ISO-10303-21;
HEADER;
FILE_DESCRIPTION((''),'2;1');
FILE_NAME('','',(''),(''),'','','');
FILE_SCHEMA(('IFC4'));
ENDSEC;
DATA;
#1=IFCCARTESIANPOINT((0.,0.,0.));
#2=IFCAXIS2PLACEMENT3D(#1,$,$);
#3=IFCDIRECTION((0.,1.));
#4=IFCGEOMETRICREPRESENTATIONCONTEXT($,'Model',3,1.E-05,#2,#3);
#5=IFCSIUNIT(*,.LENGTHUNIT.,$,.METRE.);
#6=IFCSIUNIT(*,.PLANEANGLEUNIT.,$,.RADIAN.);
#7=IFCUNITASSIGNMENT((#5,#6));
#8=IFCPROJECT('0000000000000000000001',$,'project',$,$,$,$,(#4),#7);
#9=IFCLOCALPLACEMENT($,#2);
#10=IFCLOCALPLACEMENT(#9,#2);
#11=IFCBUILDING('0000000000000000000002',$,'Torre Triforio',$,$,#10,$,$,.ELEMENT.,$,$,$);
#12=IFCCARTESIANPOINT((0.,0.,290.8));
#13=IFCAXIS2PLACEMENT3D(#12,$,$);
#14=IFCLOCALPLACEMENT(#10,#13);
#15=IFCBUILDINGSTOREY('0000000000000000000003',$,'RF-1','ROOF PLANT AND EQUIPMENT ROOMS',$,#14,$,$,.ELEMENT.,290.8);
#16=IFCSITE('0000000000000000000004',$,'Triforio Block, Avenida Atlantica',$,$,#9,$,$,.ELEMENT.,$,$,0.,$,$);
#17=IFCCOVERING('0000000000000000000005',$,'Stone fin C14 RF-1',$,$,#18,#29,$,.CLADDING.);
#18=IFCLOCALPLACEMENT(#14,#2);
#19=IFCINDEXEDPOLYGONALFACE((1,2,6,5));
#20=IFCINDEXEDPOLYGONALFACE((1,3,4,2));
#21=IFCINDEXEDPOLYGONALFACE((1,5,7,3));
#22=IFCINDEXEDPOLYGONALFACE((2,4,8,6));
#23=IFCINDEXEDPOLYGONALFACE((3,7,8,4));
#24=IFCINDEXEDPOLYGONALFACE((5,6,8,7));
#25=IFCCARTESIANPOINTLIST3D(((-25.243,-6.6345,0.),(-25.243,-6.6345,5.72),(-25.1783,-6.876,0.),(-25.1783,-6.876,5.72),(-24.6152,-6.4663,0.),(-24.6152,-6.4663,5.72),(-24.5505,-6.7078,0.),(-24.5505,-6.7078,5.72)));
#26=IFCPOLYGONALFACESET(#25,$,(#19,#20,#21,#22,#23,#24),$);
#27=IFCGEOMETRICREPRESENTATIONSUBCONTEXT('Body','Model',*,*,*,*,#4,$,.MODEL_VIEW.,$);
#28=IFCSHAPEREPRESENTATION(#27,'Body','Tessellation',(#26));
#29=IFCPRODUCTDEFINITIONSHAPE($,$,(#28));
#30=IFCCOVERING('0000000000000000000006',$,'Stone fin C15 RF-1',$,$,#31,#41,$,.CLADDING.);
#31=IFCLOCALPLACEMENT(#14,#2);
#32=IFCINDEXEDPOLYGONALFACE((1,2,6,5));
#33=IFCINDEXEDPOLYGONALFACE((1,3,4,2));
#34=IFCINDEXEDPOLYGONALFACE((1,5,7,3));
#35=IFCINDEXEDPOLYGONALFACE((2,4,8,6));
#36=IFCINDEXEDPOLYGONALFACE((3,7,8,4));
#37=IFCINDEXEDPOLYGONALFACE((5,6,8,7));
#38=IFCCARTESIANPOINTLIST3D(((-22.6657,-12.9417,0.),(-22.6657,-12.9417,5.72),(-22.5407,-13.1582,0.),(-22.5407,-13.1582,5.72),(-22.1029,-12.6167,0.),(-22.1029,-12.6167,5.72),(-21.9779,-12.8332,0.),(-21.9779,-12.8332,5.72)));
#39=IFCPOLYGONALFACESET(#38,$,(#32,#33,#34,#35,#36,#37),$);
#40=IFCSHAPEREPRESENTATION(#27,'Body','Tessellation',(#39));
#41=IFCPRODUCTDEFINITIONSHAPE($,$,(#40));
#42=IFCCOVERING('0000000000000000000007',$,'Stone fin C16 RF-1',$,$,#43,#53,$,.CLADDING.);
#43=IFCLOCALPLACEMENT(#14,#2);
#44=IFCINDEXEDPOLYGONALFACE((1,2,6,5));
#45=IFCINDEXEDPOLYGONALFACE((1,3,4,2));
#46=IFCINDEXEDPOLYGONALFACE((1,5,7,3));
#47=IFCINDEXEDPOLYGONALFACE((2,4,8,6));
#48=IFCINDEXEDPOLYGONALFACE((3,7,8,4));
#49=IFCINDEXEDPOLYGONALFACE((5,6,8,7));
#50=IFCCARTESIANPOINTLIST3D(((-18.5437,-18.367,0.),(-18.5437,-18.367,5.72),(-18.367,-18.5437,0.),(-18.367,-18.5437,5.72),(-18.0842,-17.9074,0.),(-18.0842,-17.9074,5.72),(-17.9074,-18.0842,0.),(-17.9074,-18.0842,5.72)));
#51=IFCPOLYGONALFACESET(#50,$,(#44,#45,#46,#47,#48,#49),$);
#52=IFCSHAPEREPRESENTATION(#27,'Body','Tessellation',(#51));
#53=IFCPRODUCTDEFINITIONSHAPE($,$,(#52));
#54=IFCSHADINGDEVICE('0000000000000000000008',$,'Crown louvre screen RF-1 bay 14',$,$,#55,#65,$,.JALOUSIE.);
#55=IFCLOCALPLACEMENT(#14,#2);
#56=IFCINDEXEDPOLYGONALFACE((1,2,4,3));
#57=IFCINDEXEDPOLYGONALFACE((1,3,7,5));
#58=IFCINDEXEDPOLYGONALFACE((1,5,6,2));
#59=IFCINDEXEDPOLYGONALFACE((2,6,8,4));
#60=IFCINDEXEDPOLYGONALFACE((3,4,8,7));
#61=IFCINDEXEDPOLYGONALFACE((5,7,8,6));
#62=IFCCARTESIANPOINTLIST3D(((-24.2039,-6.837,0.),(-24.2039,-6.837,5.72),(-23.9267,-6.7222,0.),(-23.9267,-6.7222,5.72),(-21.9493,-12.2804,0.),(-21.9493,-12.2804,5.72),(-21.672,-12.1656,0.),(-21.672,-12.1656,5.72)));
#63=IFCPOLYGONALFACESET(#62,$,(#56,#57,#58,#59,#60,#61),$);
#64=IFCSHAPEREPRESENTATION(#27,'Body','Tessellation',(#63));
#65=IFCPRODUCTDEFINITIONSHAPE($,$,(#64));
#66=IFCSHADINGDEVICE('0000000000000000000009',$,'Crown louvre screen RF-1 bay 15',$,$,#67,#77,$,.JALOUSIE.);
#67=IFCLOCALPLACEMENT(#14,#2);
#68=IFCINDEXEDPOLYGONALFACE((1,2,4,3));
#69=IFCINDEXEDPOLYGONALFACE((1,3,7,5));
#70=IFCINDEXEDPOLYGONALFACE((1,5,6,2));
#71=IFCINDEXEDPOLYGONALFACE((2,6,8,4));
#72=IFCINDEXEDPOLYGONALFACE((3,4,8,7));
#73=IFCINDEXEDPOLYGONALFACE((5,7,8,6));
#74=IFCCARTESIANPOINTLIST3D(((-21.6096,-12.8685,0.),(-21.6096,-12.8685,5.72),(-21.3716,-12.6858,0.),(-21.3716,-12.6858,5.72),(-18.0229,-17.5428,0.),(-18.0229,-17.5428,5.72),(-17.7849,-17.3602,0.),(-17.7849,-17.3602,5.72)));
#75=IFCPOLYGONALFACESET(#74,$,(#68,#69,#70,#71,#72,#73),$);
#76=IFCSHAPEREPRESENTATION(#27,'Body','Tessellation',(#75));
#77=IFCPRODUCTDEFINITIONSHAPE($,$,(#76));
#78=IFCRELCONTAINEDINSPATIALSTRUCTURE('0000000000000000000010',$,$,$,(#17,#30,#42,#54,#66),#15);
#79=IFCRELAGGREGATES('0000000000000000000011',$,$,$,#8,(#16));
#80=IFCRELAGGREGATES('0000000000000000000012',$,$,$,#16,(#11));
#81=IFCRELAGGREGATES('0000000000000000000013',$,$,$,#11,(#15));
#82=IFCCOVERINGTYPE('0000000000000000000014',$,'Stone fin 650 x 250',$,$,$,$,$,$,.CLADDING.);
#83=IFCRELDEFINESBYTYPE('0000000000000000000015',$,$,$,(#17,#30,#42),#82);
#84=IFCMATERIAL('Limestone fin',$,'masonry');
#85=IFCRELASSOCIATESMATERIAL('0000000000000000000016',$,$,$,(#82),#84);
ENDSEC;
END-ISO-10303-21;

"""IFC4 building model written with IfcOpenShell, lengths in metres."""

from ifc_helpers import new_model, si_unit, direction, frame, origin, origin_2d, place, context, subcontext, project, spatial, polyline, rectangle, outline, extrude, material, material_profile, profile_set, type_object, element, save


model = new_model("IFC4")

# Units and contexts
model_context = context("Model", 3, precision=1e-05, world=origin(), true_north=direction((0.0, 1.0)))
body_context = subcontext(model_context, "Body", "Model", "MODEL_VIEW")
ifc_project = project(units=[si_unit("LENGTHUNIT", "METRE"), si_unit("PLANEANGLEUNIT", "RADIAN")], contexts=[model_context])

# Site, building, storey
site_placement = place(None, origin())
site = spatial("IfcSite", under=ifc_project, at=site_placement, Name="Triforio Block, Avenida Atlantica", CompositionType="ELEMENT", RefElevation=0.0)
building_placement = place(site_placement, origin())
building = spatial("IfcBuilding", under=site, at=building_placement, Name="Torre Triforio", CompositionType="ELEMENT")
storey_placement = place(building_placement, frame((0.0, 0.0, 290.8)))
storey = spatial("IfcBuildingStorey", under=building, at=storey_placement, Name="RF-1", Description="ROOF PLANT AND EQUIPMENT ROOMS", CompositionType="ELEMENT", Elevation=290.8)

# Coverings
ifc_material_1 = material(Name="Limestone fin", Category="masonry")
ifc_material_profile_1 = material_profile(ifc_material_1, rectangle(XDim=0.6499, YDim=0.25, at=origin_2d()), Name="FIN 650x250")
ifc_profile_set_1 = profile_set([ifc_material_profile_1], Name="Limestone fin")
covering_type = type_object("IfcCoveringType", Name="Stone fin 650 x 250", PredefinedType="CLADDING", material=ifc_profile_set_1)
for number, where, z_axis, x_axis, name in (
    (1, (-24.8967, -6.6711, 0.0), (0.0, 0.0, 1.0), (-0.965926, -0.258819, 0.0), "Stone fin C14 RF-1"),
    (2, (-22.3218, -12.8875, 0.0), (0.0, 0.0, 1.0), (-0.866025, -0.5, 0.0), "Stone fin C15 RF-1"),
    (3, (-18.2256, -18.2256, 0.0), (0.0, 0.0, 1.0), (-0.707107, -0.707107, 0.0), "Stone fin C16 RF-1"),
):
    element("IfcCovering", number, at=place(storey_placement, frame(where, z_axis=z_axis, x_axis=x_axis)), inside=storey, type_object=covering_type, Name=name, PredefinedType="CLADDING", context=body_context, shape_type="SweptSolid", body=[
        extrude(rectangle(XDim=0.6499, YDim=0.25, at=origin_2d()), origin(), (0.0, 0.0, 1.0), 5.72),
    ])

# Shading devices
for number, where, z_axis, x_axis, name in (
    (4, (-24.0652, -6.7795, 0.0), (0.0, 0.0, 1.0), (0.382673, -0.923884, 0.0), "Crown louvre screen RF-1 bay 14"),
    (5, (-21.4905, -12.7771, 0.0), (0.0, 0.0, 1.0), (0.608755, -0.793358, 0.0), "Crown louvre screen RF-1 bay 15"),
):
    element("IfcShadingDevice", number, at=place(storey_placement, frame(where, z_axis=z_axis, x_axis=x_axis)), inside=storey, Name=name, PredefinedType="JALOUSIE", context=body_context, shape_type="SweptSolid", body=[
        extrude(outline(polyline([(0.0, 0.0), (5.8918, 0.0), (5.8918, 5.72), (0.0, 5.72), (0.0, 0.0)])), frame((0.0, 0.1499, 0.0), z_axis=(0.0, -1.0, 0.0), x_axis=(1.0, 0.0, 0.0)), (0.0, 0.0, 1.0), 0.3),
    ])

save(model, "model.ifc")
